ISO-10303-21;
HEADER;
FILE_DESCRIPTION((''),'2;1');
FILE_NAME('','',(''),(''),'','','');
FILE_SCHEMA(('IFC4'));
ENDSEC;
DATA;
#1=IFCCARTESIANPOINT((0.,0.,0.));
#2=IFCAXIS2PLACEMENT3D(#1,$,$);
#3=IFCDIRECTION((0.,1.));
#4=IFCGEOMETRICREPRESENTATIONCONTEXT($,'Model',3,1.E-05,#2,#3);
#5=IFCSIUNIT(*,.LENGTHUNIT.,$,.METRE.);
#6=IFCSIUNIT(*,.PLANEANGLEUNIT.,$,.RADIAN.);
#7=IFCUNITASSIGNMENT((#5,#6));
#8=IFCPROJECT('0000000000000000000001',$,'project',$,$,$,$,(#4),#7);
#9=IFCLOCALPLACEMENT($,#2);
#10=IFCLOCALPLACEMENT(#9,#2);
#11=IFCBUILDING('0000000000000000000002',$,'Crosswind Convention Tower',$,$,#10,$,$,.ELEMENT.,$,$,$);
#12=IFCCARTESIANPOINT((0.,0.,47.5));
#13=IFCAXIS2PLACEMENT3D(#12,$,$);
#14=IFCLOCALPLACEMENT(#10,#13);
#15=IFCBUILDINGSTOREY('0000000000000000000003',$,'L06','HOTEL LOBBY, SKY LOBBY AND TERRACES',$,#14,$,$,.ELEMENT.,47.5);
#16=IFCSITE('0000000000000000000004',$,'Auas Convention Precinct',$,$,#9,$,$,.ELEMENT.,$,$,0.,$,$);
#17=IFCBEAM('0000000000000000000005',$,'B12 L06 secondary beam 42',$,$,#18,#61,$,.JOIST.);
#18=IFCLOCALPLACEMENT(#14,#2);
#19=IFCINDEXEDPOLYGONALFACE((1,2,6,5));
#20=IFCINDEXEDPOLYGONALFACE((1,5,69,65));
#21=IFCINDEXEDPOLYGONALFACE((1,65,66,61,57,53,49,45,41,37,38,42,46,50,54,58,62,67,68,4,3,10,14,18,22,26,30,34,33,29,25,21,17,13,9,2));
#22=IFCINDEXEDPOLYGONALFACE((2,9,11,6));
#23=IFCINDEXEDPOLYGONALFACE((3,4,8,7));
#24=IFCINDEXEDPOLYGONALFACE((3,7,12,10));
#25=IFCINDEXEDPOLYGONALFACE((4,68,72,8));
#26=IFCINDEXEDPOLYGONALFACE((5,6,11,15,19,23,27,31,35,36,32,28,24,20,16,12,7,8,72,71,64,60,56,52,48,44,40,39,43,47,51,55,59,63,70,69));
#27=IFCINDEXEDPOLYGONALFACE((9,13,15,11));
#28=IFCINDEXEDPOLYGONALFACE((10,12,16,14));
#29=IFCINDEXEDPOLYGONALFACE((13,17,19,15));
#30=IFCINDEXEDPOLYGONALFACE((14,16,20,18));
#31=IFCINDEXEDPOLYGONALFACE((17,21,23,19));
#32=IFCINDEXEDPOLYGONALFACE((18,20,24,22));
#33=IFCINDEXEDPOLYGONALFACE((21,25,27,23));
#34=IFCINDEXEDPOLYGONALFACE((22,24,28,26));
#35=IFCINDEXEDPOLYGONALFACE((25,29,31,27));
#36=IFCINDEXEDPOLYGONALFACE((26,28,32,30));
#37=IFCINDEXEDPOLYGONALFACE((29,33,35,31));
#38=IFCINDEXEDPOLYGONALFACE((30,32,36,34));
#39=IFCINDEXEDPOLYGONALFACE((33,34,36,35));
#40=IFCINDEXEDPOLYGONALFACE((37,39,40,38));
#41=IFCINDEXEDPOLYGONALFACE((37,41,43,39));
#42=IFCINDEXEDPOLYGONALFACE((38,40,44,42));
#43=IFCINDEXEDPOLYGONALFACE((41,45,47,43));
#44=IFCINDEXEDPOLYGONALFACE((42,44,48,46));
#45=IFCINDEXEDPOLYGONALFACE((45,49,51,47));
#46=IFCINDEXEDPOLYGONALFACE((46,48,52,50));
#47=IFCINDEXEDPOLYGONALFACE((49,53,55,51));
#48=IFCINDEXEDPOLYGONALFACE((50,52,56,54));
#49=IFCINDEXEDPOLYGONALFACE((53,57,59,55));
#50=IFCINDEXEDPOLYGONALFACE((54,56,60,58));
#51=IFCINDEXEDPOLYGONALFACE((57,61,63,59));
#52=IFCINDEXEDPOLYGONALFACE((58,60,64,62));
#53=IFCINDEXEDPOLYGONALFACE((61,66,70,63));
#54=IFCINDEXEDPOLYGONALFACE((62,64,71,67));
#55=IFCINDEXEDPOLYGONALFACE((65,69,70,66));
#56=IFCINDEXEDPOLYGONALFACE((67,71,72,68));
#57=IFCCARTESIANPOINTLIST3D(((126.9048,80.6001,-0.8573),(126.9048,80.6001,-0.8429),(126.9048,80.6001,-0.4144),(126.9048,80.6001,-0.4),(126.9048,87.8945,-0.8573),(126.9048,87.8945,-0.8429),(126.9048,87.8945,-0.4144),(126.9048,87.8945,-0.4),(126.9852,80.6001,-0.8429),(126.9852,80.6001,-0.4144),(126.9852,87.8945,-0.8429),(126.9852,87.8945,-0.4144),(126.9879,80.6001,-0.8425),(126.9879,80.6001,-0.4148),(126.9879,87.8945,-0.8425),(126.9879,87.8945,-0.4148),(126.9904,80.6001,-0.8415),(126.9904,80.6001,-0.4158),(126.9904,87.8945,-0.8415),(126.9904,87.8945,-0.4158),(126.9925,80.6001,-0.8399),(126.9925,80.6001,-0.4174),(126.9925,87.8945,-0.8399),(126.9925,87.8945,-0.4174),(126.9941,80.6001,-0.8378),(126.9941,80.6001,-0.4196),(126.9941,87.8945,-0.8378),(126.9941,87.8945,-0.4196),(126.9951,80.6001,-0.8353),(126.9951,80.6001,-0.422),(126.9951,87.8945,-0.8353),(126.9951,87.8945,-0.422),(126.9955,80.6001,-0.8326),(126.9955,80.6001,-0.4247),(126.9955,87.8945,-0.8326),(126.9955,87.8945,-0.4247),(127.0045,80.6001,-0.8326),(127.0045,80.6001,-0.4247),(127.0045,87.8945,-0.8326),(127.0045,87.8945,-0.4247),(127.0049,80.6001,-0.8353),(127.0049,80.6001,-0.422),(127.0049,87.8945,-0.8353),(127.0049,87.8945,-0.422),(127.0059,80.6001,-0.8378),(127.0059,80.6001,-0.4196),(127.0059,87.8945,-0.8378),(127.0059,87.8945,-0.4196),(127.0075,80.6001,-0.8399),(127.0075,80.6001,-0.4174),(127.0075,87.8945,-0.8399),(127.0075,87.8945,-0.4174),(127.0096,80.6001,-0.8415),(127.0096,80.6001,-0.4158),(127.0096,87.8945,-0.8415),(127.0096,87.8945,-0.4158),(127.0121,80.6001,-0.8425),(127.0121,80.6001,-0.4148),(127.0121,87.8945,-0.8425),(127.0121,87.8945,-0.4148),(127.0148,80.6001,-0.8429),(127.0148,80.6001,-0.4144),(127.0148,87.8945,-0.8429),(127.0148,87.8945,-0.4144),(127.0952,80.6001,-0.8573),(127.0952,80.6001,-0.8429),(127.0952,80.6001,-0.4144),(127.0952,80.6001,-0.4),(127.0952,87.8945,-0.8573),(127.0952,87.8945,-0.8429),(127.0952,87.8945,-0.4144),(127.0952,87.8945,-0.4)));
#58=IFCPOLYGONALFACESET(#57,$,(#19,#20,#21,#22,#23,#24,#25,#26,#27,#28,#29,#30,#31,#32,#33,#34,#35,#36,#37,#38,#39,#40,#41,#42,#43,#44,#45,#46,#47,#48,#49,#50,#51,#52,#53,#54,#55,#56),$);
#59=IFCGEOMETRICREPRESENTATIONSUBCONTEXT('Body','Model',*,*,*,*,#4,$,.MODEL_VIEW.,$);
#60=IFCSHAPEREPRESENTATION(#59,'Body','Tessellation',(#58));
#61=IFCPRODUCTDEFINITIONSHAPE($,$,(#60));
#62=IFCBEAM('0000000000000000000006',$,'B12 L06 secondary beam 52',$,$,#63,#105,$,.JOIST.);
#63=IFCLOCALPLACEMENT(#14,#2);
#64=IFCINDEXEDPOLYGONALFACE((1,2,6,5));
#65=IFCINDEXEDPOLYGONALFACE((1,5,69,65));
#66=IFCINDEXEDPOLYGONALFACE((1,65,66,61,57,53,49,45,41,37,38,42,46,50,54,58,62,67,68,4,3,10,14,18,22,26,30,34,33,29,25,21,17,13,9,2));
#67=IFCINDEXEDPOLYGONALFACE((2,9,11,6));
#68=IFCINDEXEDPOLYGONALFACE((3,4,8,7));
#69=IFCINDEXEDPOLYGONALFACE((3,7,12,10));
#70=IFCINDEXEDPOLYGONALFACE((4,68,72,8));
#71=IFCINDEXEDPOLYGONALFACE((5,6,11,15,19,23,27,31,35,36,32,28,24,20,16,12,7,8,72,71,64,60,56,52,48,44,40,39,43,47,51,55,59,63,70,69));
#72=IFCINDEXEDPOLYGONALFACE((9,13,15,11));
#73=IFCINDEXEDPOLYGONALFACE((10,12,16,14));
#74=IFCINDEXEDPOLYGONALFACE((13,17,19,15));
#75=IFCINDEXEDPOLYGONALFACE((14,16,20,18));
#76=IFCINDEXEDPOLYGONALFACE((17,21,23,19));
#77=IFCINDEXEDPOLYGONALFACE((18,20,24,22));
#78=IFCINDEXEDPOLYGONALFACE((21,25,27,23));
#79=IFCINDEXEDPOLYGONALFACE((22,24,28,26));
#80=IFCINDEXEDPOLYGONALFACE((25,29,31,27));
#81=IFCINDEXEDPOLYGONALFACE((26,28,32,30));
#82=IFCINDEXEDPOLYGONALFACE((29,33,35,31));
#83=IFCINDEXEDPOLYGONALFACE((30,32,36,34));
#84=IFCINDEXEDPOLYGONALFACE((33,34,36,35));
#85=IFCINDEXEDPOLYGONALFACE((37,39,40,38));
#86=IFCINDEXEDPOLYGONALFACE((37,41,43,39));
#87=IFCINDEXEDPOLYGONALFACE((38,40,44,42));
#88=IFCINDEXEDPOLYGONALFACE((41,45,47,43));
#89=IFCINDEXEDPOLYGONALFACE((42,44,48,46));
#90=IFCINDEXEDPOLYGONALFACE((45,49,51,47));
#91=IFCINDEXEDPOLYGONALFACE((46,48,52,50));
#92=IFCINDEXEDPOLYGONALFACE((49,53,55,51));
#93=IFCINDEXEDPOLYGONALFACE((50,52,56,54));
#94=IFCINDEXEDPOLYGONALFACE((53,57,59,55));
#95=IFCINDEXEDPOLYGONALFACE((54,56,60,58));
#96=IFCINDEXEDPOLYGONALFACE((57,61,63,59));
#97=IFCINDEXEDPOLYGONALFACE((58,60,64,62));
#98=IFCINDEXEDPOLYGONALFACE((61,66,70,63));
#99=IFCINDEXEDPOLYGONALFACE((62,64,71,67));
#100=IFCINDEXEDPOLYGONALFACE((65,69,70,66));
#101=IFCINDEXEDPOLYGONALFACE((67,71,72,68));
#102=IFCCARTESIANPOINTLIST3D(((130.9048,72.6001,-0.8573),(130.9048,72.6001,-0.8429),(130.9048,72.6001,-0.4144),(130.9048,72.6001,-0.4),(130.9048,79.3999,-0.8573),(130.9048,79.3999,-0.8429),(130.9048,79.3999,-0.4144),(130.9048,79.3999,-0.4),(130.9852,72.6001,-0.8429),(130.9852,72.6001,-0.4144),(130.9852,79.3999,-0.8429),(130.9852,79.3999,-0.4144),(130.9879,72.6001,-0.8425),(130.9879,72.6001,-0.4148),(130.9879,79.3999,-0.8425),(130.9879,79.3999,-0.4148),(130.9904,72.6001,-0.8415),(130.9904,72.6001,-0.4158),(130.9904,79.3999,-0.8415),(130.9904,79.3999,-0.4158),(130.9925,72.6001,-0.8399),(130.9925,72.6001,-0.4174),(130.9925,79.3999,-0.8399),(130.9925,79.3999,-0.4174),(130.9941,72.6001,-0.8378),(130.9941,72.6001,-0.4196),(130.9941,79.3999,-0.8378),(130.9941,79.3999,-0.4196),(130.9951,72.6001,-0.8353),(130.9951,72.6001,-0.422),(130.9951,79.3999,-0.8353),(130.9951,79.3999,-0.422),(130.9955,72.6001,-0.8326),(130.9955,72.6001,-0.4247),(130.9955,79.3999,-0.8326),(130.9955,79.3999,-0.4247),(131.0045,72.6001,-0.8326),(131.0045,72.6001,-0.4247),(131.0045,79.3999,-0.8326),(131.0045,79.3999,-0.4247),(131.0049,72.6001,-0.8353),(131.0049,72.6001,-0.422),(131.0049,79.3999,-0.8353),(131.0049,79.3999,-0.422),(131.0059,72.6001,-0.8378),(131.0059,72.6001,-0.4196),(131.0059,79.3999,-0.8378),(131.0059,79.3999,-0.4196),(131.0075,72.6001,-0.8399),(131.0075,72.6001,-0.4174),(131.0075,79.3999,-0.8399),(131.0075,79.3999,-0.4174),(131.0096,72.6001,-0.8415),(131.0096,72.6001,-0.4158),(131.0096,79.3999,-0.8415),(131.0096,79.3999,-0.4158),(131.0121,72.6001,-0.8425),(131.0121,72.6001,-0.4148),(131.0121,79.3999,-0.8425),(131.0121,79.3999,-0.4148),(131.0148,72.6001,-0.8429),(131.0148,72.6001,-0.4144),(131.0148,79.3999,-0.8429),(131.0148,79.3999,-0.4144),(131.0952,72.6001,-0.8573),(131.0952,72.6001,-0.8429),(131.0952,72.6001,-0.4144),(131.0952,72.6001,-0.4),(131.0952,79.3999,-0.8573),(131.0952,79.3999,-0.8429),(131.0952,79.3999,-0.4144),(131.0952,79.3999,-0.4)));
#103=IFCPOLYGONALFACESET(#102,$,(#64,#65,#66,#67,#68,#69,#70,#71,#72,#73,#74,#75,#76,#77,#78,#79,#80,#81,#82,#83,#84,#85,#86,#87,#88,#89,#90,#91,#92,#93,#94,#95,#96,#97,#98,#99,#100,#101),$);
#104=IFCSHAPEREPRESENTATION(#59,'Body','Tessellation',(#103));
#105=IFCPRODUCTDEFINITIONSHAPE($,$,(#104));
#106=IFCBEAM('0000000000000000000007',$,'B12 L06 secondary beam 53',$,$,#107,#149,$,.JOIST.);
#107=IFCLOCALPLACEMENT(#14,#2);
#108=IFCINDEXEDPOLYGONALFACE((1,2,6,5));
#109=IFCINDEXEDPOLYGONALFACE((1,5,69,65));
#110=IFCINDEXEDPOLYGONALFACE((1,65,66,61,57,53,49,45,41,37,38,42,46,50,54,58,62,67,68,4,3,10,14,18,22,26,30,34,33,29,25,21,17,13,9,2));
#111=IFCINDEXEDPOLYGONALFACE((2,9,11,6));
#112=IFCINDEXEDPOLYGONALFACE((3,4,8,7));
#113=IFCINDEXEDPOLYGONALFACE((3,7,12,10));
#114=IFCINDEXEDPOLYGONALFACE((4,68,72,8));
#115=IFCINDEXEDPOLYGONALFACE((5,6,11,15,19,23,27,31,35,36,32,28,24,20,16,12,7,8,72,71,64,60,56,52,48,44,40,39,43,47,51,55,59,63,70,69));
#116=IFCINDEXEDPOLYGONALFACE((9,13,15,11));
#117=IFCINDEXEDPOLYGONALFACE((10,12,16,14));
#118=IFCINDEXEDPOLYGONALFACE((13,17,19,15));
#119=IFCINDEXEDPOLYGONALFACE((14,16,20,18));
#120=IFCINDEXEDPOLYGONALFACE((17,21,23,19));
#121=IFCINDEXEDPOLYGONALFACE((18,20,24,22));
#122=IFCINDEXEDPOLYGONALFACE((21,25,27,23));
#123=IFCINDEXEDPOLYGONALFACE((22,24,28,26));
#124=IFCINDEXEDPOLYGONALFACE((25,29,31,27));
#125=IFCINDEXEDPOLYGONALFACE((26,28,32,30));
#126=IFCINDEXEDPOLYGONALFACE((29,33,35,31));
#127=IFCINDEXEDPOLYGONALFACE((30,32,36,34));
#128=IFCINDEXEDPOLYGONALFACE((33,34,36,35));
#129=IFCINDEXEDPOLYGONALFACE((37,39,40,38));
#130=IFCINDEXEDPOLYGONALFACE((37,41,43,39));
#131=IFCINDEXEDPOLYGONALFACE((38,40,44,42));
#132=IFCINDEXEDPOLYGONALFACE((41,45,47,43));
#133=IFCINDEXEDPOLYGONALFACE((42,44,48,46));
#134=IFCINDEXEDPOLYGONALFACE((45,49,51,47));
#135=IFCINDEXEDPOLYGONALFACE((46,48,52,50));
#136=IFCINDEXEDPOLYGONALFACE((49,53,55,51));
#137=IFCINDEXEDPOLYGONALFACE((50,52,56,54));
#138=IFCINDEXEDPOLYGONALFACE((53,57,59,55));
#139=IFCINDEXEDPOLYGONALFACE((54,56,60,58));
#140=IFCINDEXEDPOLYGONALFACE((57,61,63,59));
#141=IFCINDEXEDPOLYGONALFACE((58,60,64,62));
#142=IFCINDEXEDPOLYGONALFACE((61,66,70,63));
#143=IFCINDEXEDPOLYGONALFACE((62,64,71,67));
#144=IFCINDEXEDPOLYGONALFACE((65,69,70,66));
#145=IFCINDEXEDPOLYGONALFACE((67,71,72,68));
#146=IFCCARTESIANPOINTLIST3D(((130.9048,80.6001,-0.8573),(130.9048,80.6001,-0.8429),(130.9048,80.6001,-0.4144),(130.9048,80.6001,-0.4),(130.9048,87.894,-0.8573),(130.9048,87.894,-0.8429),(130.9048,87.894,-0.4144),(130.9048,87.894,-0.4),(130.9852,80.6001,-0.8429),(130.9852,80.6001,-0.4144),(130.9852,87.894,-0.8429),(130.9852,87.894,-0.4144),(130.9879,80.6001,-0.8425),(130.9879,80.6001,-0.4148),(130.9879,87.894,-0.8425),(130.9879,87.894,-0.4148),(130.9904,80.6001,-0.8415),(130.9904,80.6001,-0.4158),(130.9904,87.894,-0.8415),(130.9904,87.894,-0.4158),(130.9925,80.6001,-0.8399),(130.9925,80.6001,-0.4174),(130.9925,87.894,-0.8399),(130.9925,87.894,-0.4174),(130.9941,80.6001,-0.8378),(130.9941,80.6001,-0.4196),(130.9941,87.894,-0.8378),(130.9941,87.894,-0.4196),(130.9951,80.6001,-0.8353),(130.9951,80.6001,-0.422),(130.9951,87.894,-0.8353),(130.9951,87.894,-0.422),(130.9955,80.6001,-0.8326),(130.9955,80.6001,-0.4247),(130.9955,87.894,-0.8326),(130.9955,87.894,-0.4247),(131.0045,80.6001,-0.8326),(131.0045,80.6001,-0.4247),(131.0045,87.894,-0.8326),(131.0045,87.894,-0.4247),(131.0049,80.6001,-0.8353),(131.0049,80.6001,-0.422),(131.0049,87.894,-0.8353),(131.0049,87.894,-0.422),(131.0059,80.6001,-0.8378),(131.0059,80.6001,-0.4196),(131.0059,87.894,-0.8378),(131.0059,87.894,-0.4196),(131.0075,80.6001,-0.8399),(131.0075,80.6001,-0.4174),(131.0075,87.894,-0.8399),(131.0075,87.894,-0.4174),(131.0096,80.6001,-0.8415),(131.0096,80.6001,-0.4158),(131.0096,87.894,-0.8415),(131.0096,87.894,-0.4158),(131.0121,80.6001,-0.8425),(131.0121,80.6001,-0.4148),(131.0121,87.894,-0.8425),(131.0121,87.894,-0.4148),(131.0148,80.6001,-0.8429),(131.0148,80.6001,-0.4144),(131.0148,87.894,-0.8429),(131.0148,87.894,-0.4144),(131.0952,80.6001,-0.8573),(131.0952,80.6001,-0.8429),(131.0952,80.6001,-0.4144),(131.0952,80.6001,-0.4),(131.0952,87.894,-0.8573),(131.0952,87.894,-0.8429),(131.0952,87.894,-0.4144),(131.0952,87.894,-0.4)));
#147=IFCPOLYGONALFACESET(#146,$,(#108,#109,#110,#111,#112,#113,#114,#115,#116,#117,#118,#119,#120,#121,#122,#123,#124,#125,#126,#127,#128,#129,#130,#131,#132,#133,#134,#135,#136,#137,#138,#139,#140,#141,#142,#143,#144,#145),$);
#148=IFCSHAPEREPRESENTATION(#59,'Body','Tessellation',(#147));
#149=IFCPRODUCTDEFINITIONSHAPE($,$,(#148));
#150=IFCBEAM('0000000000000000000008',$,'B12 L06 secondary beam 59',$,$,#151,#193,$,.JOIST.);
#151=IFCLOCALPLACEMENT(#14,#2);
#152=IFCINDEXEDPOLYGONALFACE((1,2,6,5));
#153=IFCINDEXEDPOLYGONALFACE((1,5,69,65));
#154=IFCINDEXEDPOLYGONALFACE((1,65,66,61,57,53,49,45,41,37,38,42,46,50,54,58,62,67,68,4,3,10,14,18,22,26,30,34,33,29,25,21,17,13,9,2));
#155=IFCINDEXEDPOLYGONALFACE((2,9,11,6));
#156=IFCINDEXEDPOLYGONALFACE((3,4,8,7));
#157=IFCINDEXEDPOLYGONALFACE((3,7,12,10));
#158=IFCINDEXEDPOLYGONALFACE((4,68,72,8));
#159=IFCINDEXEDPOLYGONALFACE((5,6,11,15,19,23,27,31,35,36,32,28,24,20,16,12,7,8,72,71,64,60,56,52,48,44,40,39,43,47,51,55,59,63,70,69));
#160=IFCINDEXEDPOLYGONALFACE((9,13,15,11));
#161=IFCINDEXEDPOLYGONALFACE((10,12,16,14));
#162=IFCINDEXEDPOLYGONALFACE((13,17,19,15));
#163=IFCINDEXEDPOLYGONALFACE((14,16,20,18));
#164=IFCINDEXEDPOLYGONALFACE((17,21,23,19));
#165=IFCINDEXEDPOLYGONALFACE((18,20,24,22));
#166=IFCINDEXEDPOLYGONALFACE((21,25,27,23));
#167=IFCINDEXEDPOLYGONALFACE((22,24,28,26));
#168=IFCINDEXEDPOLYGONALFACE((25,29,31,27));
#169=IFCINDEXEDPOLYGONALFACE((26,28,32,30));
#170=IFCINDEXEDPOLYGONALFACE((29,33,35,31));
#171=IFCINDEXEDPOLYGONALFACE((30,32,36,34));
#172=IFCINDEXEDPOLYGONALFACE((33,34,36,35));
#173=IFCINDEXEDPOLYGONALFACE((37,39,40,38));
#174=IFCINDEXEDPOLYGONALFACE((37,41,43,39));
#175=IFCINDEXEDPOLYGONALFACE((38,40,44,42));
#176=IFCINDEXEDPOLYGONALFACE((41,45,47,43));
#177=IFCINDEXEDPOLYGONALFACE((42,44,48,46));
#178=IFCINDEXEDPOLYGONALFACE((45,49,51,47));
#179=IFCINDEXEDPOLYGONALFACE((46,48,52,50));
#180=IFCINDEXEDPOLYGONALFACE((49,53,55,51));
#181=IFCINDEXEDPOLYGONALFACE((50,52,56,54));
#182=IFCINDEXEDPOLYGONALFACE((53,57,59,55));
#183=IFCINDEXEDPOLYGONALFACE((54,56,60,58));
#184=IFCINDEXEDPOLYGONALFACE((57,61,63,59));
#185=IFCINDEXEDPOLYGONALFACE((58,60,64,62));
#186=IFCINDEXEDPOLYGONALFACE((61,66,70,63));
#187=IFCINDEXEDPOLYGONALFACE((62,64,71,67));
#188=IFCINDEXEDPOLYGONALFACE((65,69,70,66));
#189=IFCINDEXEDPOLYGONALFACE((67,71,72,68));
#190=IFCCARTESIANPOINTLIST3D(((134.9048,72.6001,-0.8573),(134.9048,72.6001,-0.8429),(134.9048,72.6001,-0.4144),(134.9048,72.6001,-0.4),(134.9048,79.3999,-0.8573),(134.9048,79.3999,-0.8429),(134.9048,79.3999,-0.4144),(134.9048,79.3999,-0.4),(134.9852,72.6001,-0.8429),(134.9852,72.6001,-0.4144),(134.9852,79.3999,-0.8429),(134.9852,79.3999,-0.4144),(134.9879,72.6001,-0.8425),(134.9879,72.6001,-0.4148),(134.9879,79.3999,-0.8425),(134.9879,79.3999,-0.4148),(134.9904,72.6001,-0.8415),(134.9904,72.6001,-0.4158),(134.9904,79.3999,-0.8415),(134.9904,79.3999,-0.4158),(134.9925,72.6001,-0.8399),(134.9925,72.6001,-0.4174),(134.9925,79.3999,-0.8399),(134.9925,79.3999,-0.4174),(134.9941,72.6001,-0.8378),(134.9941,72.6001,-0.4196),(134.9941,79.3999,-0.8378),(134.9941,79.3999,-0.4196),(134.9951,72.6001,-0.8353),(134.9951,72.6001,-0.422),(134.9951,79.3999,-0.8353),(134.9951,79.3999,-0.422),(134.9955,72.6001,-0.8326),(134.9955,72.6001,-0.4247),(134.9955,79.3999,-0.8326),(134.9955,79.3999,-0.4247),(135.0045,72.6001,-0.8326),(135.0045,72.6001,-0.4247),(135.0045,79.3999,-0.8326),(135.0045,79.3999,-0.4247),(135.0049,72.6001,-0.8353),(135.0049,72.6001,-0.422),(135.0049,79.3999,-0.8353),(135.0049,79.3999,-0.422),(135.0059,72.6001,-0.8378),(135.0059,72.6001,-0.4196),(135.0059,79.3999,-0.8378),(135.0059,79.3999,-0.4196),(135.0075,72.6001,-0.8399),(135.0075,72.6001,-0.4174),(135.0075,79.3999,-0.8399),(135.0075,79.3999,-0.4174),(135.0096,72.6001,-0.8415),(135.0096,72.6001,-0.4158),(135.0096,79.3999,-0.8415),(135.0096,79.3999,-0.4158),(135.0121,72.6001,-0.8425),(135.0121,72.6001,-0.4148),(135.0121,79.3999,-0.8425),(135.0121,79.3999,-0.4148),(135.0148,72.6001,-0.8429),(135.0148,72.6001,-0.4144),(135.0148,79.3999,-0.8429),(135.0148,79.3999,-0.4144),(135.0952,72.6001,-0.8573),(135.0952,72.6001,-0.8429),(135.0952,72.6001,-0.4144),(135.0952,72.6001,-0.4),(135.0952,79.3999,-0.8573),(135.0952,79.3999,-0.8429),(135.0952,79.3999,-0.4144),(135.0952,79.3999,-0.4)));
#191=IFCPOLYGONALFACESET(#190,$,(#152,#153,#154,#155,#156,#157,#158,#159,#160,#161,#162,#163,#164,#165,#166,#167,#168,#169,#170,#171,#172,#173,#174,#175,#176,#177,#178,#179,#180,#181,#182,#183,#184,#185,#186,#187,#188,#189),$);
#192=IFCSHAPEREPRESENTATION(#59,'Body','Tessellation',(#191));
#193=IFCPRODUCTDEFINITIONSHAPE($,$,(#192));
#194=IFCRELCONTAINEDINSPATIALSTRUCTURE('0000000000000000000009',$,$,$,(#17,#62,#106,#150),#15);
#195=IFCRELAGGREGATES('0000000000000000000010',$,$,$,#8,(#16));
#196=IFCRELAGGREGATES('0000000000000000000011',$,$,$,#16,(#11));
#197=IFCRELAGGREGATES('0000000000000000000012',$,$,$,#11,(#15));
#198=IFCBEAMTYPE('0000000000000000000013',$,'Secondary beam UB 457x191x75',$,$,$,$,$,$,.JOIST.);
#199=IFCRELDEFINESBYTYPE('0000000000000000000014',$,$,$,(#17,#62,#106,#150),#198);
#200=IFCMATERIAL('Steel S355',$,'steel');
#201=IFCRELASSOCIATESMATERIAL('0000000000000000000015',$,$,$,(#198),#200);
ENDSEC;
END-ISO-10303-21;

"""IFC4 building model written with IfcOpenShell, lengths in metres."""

from ifc_helpers import new_model, si_unit, direction, frame, origin, origin_2d, place, context, subcontext, project, spatial, i_section, extrude, material, material_profile, profile_set, type_object, element, save


model = new_model("IFC4")

# Units and contexts
model_context = context("Model", 3, precision=1e-05, world=origin(), true_north=direction((0.0, 1.0)))
body_context = subcontext(model_context, "Body", "Model", "MODEL_VIEW")
ifc_project = project(units=[si_unit("LENGTHUNIT", "METRE"), si_unit("PLANEANGLEUNIT", "RADIAN")], contexts=[model_context])

# Site, building, storey
site_placement = place(None, origin())
site = spatial("IfcSite", under=ifc_project, at=site_placement, Name="Auas Convention Precinct", CompositionType="ELEMENT", RefElevation=0.0)
building_placement = place(site_placement, origin())
building = spatial("IfcBuilding", under=site, at=building_placement, Name="Crosswind Convention Tower", CompositionType="ELEMENT")
storey_placement = place(building_placement, frame((0.0, 0.0, 47.5)))
storey = spatial("IfcBuildingStorey", under=building, at=storey_placement, Name="L06", Description="HOTEL LOBBY, SKY LOBBY AND TERRACES", CompositionType="ELEMENT", Elevation=47.5)

# Shared definitions
ifc_material_1 = material(Name="Steel S355", Category="steel")

# Beams
ifc_material_profile_1 = material_profile(ifc_material_1, i_section(OverallWidth=0.1904, OverallDepth=0.4573, WebThickness=0.009, FlangeThickness=0.0144, FilletRadius=0.0103, at=origin_2d()), Name="UB 457x191x75")
ifc_profile_set_1 = profile_set([ifc_material_profile_1], Name="Steel S355")
beam_type_1 = type_object("IfcBeamType", Name="Secondary beam UB 457x191x75", PredefinedType="JOIST", material=ifc_profile_set_1)
for number, where, z_axis, x_axis, name in (
    (1, (127.0, 80.6001, -0.6287), (0.0, 1.0, 0.0), (-1.0, 0.0, 0.0), "B12 L06 secondary beam 42"),
):
    element("IfcBeam", number, at=place(storey_placement, frame(where, z_axis=z_axis, x_axis=x_axis)), inside=storey, type_object=beam_type_1, Name=name, PredefinedType="JOIST", context=body_context, shape_type="SweptSolid", body=[
        extrude(i_section(OverallWidth=0.1904, OverallDepth=0.4573, WebThickness=0.009, FlangeThickness=0.0144, FilletRadius=0.0103, at=origin_2d()), origin(), (0.0, 0.0, 1.0), 7.2944),
    ])
beam_1_placement = place(storey_placement, frame((131.0, 72.6001, -0.6287), z_axis=(0.0, 1.0, 0.0), x_axis=(-1.0, 0.0, 0.0)))
element("IfcBeam", 2, at=beam_1_placement, inside=storey, type_object=beam_type_1, Name="B12 L06 secondary beam 52", PredefinedType="JOIST", context=body_context, shape_type="SweptSolid", body=[
    extrude(i_section(OverallWidth=0.1904, OverallDepth=0.4573, WebThickness=0.009, FlangeThickness=0.0144, FilletRadius=0.0103, at=origin_2d()), origin(), (0.0, 0.0, 1.0), 6.7998),
])
beam_2_placement = place(storey_placement, frame((131.0, 80.6001, -0.6287), z_axis=(0.0, 1.0, 0.0), x_axis=(-1.0, 0.0, 0.0)))
element("IfcBeam", 3, at=beam_2_placement, inside=storey, type_object=beam_type_1, Name="B12 L06 secondary beam 53", PredefinedType="JOIST", context=body_context, shape_type="SweptSolid", body=[
    extrude(i_section(OverallWidth=0.1904, OverallDepth=0.4573, WebThickness=0.009, FlangeThickness=0.0144, FilletRadius=0.0103, at=origin_2d()), origin(), (0.0, 0.0, 1.0), 7.2939),
])
beam_3_placement = place(storey_placement, frame((135.0, 72.6001, -0.6287), z_axis=(0.0, 1.0, 0.0), x_axis=(-1.0, 0.0, 0.0)))
element("IfcBeam", 4, at=beam_3_placement, inside=storey, type_object=beam_type_1, Name="B12 L06 secondary beam 59", PredefinedType="JOIST", context=body_context, shape_type="SweptSolid", body=[
    extrude(i_section(OverallWidth=0.1904, OverallDepth=0.4573, WebThickness=0.009, FlangeThickness=0.0144, FilletRadius=0.0103, at=origin_2d()), origin(), (0.0, 0.0, 1.0), 6.7998),
])

save(model, "model.ifc")
